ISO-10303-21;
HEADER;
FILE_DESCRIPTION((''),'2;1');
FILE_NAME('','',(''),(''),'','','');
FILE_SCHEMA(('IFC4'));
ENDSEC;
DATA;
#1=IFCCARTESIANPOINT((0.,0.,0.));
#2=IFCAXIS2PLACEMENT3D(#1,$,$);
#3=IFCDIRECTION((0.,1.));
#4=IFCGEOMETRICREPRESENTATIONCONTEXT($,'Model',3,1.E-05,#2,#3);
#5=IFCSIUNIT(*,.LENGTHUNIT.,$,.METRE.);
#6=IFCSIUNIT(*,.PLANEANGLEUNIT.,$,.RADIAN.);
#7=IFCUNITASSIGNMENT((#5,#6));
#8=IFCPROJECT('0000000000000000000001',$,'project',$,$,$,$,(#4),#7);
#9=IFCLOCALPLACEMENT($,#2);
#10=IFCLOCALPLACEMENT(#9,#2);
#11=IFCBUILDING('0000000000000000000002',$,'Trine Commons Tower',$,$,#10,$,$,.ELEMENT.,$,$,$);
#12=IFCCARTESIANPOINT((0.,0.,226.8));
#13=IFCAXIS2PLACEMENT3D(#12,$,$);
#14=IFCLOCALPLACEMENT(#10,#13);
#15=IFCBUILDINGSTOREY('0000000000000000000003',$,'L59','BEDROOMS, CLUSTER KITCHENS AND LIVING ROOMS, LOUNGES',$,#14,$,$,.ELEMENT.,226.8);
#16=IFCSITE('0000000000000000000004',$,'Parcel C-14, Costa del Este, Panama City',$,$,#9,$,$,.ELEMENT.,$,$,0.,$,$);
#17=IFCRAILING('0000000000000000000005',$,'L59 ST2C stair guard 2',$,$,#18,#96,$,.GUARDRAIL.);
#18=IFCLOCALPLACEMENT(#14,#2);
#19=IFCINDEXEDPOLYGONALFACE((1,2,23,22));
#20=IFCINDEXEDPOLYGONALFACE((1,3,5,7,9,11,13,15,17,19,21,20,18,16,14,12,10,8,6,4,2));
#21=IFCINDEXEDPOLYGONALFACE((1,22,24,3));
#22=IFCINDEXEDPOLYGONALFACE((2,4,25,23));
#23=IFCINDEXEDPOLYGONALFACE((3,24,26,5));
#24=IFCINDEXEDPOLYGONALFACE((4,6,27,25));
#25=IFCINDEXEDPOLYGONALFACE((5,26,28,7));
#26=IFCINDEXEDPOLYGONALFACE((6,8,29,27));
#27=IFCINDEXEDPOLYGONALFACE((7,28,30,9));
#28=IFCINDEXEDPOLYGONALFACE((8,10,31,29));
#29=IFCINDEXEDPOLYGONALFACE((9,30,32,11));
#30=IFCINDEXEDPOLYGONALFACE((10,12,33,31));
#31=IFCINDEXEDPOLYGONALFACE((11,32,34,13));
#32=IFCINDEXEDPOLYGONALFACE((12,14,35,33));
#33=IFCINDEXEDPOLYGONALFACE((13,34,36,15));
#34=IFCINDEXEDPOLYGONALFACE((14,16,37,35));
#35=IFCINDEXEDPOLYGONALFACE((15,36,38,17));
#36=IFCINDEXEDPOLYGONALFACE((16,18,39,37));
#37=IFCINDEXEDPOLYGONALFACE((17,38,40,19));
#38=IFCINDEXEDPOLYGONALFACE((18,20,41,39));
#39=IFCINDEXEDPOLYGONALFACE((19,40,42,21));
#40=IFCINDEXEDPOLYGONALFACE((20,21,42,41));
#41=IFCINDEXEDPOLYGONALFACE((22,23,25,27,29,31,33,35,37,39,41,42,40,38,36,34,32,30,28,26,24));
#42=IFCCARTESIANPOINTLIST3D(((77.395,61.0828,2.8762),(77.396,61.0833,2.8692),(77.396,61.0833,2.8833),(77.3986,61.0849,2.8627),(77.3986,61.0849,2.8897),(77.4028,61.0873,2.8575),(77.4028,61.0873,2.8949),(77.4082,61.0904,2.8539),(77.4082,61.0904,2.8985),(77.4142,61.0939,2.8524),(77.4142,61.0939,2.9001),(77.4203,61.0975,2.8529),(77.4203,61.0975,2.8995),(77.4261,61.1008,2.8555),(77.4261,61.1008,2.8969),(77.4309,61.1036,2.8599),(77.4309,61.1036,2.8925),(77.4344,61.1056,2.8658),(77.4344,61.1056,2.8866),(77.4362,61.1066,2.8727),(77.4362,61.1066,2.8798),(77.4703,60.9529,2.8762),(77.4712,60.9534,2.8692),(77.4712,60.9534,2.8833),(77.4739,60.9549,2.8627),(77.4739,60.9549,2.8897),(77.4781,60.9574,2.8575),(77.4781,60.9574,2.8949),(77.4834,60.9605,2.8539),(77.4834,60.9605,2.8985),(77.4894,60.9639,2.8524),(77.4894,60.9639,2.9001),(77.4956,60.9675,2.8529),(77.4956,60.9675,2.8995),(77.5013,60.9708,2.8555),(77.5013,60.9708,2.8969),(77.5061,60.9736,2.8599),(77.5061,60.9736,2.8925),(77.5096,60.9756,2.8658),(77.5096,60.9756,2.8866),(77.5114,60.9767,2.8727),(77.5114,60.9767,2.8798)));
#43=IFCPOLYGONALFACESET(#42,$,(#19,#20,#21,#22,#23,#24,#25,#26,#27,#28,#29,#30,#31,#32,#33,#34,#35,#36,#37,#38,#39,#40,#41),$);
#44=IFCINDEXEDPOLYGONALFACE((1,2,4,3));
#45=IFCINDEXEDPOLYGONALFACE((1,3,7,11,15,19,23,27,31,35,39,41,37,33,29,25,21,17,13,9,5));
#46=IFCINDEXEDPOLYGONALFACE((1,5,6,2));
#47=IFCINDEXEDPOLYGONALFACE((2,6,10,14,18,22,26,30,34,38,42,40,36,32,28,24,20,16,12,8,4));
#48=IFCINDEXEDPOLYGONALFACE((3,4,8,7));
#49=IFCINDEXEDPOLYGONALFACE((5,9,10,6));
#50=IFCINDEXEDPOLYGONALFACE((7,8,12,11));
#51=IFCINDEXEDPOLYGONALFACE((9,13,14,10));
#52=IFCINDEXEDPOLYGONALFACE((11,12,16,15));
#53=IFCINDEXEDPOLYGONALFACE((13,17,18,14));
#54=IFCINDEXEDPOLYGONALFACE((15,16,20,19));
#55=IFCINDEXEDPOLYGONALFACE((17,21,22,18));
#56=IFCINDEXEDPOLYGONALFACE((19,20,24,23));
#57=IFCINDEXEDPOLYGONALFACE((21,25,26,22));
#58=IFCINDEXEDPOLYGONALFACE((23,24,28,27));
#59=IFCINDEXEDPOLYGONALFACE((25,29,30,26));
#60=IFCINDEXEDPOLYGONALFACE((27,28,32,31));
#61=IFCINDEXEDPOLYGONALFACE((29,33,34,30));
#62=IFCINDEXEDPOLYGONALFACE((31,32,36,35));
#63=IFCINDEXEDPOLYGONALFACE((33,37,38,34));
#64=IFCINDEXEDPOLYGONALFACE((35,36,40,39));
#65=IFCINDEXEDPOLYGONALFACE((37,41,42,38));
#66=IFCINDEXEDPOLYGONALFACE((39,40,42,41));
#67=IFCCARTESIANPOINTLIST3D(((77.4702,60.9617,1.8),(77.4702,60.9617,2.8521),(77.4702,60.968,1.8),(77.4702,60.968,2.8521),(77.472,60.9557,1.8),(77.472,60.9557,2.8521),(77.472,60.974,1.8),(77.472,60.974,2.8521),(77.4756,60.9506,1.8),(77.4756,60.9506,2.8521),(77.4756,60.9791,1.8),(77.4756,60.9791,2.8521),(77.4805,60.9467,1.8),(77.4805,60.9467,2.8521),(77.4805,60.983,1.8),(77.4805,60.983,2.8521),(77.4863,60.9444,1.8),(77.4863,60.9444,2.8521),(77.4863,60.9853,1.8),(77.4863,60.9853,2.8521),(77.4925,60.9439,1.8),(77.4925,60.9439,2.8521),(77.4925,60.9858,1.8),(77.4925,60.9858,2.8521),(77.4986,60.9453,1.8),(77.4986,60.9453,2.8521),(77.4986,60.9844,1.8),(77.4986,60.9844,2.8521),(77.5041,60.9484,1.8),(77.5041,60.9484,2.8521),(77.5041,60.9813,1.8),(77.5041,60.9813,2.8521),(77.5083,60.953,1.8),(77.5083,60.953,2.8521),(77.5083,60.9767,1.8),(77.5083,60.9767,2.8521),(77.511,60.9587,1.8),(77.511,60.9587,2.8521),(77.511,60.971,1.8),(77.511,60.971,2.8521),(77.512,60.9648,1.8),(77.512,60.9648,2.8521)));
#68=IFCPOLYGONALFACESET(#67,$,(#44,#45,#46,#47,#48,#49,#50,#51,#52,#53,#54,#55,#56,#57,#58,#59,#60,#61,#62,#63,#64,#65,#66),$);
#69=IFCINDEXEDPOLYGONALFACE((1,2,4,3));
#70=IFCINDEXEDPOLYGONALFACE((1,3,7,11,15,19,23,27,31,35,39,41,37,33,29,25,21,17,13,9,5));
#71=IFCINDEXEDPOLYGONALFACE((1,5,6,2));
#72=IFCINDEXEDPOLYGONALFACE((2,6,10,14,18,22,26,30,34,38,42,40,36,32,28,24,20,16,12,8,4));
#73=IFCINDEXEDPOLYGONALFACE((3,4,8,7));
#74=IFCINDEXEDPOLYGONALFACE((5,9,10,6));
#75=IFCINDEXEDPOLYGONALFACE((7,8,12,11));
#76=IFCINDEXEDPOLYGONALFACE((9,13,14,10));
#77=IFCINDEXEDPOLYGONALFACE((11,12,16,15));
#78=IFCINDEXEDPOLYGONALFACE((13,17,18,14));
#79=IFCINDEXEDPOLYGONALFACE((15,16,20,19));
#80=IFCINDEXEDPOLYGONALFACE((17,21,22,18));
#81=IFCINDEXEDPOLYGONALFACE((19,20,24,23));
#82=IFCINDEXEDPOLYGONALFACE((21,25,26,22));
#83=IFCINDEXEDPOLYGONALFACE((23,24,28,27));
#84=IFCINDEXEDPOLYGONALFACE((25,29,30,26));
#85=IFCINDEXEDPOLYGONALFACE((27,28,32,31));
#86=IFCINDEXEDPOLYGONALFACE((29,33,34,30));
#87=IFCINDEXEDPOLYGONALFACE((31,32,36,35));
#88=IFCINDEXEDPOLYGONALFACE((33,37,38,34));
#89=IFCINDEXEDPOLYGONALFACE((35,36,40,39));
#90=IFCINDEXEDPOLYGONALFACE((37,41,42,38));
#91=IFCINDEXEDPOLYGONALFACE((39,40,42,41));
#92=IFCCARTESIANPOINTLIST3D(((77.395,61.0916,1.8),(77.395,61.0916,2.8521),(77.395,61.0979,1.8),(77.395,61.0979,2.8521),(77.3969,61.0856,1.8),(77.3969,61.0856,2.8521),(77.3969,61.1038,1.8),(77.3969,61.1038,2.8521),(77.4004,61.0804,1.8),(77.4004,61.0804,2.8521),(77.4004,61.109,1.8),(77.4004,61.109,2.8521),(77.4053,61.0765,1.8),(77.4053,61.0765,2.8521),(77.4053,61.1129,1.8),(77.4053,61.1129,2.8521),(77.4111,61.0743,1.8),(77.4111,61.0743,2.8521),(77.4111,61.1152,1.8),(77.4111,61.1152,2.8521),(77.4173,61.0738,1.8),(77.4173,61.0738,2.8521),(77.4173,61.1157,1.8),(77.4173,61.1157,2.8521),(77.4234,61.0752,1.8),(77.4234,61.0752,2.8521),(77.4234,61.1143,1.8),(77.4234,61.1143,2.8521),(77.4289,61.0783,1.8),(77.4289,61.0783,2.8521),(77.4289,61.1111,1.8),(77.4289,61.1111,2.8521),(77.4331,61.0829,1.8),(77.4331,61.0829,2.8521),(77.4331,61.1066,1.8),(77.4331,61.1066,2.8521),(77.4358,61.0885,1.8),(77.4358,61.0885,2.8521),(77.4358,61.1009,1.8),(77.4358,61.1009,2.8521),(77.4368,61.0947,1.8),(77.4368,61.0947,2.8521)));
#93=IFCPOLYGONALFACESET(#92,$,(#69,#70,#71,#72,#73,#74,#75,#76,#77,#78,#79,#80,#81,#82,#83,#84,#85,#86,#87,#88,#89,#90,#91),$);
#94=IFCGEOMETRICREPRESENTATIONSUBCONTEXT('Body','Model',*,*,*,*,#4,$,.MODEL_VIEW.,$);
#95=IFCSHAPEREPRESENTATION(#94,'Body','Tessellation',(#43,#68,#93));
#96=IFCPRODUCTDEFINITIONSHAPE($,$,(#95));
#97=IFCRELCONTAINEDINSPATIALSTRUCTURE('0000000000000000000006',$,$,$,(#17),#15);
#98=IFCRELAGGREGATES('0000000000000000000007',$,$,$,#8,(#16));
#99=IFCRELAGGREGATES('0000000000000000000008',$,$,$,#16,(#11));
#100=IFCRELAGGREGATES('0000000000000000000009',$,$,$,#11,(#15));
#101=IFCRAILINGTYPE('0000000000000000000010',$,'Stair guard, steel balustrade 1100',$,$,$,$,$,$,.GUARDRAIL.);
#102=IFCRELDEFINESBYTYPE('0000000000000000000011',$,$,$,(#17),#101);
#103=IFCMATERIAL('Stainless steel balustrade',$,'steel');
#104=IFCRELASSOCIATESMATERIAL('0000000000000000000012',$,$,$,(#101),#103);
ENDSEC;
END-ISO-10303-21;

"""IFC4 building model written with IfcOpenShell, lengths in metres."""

from ifc_helpers import new_model, si_unit, direction, frame, origin, origin_2d, place, context, subcontext, project, spatial, circle, extrude, material, type_object, element, save


model = new_model("IFC4")

# Units and contexts
model_context = context("Model", 3, precision=1e-05, world=origin(), true_north=direction((0.0, 1.0)))
body_context = subcontext(model_context, "Body", "Model", "MODEL_VIEW")
ifc_project = project(units=[si_unit("LENGTHUNIT", "METRE"), si_unit("PLANEANGLEUNIT", "RADIAN")], contexts=[model_context])

# Site, building, storey
site_placement = place(None, origin())
site = spatial("IfcSite", under=ifc_project, at=site_placement, Name="Parcel C-14, Costa del Este, Panama City", CompositionType="ELEMENT", RefElevation=0.0)
building_placement = place(site_placement, origin())
building = spatial("IfcBuilding", under=site, at=building_placement, Name="Trine Commons Tower", CompositionType="ELEMENT")
storey_placement = place(building_placement, frame((0.0, 0.0, 226.8)))
storey = spatial("IfcBuildingStorey", under=building, at=storey_placement, Name="L59", Description="BEDROOMS, CLUSTER KITCHENS AND LIVING ROOMS, LOUNGES", CompositionType="ELEMENT", Elevation=226.8)

# Railing
ifc_material_1 = material(Name="Stainless steel balustrade", Category="steel")
railing_type_1 = type_object("IfcRailingType", Name="Stair guard, steel balustrade 1100", PredefinedType="GUARDRAIL", material=ifc_material_1)
railing_1_placement = place(storey_placement, frame((77.491, 60.9648, 1.8)))
element("IfcRailing", 1, at=railing_1_placement, inside=storey, type_object=railing_type_1, Name="L59 ST2C stair guard 2", PredefinedType="GUARDRAIL", context=body_context, shape_type="SweptSolid", body=[
    extrude(circle(Radius=0.0239, at=origin_2d()), frame((0.0, 0.0, 1.0762), z_axis=(-0.501036, 0.865426, 0.0), x_axis=(-0.865426, -0.501036, 0.0)), (0.0, 0.0, 1.0), 0.1501),
    extrude(circle(Radius=0.021, at=origin_2d()), origin(), (0.0, 0.0, 1.0), 1.052),
    extrude(circle(Radius=0.021, at=origin_2d()), frame((-0.0752, 0.1299, 0.0)), (0.0, 0.0, 1.0), 1.052),
])

save(model, "model.ifc")
